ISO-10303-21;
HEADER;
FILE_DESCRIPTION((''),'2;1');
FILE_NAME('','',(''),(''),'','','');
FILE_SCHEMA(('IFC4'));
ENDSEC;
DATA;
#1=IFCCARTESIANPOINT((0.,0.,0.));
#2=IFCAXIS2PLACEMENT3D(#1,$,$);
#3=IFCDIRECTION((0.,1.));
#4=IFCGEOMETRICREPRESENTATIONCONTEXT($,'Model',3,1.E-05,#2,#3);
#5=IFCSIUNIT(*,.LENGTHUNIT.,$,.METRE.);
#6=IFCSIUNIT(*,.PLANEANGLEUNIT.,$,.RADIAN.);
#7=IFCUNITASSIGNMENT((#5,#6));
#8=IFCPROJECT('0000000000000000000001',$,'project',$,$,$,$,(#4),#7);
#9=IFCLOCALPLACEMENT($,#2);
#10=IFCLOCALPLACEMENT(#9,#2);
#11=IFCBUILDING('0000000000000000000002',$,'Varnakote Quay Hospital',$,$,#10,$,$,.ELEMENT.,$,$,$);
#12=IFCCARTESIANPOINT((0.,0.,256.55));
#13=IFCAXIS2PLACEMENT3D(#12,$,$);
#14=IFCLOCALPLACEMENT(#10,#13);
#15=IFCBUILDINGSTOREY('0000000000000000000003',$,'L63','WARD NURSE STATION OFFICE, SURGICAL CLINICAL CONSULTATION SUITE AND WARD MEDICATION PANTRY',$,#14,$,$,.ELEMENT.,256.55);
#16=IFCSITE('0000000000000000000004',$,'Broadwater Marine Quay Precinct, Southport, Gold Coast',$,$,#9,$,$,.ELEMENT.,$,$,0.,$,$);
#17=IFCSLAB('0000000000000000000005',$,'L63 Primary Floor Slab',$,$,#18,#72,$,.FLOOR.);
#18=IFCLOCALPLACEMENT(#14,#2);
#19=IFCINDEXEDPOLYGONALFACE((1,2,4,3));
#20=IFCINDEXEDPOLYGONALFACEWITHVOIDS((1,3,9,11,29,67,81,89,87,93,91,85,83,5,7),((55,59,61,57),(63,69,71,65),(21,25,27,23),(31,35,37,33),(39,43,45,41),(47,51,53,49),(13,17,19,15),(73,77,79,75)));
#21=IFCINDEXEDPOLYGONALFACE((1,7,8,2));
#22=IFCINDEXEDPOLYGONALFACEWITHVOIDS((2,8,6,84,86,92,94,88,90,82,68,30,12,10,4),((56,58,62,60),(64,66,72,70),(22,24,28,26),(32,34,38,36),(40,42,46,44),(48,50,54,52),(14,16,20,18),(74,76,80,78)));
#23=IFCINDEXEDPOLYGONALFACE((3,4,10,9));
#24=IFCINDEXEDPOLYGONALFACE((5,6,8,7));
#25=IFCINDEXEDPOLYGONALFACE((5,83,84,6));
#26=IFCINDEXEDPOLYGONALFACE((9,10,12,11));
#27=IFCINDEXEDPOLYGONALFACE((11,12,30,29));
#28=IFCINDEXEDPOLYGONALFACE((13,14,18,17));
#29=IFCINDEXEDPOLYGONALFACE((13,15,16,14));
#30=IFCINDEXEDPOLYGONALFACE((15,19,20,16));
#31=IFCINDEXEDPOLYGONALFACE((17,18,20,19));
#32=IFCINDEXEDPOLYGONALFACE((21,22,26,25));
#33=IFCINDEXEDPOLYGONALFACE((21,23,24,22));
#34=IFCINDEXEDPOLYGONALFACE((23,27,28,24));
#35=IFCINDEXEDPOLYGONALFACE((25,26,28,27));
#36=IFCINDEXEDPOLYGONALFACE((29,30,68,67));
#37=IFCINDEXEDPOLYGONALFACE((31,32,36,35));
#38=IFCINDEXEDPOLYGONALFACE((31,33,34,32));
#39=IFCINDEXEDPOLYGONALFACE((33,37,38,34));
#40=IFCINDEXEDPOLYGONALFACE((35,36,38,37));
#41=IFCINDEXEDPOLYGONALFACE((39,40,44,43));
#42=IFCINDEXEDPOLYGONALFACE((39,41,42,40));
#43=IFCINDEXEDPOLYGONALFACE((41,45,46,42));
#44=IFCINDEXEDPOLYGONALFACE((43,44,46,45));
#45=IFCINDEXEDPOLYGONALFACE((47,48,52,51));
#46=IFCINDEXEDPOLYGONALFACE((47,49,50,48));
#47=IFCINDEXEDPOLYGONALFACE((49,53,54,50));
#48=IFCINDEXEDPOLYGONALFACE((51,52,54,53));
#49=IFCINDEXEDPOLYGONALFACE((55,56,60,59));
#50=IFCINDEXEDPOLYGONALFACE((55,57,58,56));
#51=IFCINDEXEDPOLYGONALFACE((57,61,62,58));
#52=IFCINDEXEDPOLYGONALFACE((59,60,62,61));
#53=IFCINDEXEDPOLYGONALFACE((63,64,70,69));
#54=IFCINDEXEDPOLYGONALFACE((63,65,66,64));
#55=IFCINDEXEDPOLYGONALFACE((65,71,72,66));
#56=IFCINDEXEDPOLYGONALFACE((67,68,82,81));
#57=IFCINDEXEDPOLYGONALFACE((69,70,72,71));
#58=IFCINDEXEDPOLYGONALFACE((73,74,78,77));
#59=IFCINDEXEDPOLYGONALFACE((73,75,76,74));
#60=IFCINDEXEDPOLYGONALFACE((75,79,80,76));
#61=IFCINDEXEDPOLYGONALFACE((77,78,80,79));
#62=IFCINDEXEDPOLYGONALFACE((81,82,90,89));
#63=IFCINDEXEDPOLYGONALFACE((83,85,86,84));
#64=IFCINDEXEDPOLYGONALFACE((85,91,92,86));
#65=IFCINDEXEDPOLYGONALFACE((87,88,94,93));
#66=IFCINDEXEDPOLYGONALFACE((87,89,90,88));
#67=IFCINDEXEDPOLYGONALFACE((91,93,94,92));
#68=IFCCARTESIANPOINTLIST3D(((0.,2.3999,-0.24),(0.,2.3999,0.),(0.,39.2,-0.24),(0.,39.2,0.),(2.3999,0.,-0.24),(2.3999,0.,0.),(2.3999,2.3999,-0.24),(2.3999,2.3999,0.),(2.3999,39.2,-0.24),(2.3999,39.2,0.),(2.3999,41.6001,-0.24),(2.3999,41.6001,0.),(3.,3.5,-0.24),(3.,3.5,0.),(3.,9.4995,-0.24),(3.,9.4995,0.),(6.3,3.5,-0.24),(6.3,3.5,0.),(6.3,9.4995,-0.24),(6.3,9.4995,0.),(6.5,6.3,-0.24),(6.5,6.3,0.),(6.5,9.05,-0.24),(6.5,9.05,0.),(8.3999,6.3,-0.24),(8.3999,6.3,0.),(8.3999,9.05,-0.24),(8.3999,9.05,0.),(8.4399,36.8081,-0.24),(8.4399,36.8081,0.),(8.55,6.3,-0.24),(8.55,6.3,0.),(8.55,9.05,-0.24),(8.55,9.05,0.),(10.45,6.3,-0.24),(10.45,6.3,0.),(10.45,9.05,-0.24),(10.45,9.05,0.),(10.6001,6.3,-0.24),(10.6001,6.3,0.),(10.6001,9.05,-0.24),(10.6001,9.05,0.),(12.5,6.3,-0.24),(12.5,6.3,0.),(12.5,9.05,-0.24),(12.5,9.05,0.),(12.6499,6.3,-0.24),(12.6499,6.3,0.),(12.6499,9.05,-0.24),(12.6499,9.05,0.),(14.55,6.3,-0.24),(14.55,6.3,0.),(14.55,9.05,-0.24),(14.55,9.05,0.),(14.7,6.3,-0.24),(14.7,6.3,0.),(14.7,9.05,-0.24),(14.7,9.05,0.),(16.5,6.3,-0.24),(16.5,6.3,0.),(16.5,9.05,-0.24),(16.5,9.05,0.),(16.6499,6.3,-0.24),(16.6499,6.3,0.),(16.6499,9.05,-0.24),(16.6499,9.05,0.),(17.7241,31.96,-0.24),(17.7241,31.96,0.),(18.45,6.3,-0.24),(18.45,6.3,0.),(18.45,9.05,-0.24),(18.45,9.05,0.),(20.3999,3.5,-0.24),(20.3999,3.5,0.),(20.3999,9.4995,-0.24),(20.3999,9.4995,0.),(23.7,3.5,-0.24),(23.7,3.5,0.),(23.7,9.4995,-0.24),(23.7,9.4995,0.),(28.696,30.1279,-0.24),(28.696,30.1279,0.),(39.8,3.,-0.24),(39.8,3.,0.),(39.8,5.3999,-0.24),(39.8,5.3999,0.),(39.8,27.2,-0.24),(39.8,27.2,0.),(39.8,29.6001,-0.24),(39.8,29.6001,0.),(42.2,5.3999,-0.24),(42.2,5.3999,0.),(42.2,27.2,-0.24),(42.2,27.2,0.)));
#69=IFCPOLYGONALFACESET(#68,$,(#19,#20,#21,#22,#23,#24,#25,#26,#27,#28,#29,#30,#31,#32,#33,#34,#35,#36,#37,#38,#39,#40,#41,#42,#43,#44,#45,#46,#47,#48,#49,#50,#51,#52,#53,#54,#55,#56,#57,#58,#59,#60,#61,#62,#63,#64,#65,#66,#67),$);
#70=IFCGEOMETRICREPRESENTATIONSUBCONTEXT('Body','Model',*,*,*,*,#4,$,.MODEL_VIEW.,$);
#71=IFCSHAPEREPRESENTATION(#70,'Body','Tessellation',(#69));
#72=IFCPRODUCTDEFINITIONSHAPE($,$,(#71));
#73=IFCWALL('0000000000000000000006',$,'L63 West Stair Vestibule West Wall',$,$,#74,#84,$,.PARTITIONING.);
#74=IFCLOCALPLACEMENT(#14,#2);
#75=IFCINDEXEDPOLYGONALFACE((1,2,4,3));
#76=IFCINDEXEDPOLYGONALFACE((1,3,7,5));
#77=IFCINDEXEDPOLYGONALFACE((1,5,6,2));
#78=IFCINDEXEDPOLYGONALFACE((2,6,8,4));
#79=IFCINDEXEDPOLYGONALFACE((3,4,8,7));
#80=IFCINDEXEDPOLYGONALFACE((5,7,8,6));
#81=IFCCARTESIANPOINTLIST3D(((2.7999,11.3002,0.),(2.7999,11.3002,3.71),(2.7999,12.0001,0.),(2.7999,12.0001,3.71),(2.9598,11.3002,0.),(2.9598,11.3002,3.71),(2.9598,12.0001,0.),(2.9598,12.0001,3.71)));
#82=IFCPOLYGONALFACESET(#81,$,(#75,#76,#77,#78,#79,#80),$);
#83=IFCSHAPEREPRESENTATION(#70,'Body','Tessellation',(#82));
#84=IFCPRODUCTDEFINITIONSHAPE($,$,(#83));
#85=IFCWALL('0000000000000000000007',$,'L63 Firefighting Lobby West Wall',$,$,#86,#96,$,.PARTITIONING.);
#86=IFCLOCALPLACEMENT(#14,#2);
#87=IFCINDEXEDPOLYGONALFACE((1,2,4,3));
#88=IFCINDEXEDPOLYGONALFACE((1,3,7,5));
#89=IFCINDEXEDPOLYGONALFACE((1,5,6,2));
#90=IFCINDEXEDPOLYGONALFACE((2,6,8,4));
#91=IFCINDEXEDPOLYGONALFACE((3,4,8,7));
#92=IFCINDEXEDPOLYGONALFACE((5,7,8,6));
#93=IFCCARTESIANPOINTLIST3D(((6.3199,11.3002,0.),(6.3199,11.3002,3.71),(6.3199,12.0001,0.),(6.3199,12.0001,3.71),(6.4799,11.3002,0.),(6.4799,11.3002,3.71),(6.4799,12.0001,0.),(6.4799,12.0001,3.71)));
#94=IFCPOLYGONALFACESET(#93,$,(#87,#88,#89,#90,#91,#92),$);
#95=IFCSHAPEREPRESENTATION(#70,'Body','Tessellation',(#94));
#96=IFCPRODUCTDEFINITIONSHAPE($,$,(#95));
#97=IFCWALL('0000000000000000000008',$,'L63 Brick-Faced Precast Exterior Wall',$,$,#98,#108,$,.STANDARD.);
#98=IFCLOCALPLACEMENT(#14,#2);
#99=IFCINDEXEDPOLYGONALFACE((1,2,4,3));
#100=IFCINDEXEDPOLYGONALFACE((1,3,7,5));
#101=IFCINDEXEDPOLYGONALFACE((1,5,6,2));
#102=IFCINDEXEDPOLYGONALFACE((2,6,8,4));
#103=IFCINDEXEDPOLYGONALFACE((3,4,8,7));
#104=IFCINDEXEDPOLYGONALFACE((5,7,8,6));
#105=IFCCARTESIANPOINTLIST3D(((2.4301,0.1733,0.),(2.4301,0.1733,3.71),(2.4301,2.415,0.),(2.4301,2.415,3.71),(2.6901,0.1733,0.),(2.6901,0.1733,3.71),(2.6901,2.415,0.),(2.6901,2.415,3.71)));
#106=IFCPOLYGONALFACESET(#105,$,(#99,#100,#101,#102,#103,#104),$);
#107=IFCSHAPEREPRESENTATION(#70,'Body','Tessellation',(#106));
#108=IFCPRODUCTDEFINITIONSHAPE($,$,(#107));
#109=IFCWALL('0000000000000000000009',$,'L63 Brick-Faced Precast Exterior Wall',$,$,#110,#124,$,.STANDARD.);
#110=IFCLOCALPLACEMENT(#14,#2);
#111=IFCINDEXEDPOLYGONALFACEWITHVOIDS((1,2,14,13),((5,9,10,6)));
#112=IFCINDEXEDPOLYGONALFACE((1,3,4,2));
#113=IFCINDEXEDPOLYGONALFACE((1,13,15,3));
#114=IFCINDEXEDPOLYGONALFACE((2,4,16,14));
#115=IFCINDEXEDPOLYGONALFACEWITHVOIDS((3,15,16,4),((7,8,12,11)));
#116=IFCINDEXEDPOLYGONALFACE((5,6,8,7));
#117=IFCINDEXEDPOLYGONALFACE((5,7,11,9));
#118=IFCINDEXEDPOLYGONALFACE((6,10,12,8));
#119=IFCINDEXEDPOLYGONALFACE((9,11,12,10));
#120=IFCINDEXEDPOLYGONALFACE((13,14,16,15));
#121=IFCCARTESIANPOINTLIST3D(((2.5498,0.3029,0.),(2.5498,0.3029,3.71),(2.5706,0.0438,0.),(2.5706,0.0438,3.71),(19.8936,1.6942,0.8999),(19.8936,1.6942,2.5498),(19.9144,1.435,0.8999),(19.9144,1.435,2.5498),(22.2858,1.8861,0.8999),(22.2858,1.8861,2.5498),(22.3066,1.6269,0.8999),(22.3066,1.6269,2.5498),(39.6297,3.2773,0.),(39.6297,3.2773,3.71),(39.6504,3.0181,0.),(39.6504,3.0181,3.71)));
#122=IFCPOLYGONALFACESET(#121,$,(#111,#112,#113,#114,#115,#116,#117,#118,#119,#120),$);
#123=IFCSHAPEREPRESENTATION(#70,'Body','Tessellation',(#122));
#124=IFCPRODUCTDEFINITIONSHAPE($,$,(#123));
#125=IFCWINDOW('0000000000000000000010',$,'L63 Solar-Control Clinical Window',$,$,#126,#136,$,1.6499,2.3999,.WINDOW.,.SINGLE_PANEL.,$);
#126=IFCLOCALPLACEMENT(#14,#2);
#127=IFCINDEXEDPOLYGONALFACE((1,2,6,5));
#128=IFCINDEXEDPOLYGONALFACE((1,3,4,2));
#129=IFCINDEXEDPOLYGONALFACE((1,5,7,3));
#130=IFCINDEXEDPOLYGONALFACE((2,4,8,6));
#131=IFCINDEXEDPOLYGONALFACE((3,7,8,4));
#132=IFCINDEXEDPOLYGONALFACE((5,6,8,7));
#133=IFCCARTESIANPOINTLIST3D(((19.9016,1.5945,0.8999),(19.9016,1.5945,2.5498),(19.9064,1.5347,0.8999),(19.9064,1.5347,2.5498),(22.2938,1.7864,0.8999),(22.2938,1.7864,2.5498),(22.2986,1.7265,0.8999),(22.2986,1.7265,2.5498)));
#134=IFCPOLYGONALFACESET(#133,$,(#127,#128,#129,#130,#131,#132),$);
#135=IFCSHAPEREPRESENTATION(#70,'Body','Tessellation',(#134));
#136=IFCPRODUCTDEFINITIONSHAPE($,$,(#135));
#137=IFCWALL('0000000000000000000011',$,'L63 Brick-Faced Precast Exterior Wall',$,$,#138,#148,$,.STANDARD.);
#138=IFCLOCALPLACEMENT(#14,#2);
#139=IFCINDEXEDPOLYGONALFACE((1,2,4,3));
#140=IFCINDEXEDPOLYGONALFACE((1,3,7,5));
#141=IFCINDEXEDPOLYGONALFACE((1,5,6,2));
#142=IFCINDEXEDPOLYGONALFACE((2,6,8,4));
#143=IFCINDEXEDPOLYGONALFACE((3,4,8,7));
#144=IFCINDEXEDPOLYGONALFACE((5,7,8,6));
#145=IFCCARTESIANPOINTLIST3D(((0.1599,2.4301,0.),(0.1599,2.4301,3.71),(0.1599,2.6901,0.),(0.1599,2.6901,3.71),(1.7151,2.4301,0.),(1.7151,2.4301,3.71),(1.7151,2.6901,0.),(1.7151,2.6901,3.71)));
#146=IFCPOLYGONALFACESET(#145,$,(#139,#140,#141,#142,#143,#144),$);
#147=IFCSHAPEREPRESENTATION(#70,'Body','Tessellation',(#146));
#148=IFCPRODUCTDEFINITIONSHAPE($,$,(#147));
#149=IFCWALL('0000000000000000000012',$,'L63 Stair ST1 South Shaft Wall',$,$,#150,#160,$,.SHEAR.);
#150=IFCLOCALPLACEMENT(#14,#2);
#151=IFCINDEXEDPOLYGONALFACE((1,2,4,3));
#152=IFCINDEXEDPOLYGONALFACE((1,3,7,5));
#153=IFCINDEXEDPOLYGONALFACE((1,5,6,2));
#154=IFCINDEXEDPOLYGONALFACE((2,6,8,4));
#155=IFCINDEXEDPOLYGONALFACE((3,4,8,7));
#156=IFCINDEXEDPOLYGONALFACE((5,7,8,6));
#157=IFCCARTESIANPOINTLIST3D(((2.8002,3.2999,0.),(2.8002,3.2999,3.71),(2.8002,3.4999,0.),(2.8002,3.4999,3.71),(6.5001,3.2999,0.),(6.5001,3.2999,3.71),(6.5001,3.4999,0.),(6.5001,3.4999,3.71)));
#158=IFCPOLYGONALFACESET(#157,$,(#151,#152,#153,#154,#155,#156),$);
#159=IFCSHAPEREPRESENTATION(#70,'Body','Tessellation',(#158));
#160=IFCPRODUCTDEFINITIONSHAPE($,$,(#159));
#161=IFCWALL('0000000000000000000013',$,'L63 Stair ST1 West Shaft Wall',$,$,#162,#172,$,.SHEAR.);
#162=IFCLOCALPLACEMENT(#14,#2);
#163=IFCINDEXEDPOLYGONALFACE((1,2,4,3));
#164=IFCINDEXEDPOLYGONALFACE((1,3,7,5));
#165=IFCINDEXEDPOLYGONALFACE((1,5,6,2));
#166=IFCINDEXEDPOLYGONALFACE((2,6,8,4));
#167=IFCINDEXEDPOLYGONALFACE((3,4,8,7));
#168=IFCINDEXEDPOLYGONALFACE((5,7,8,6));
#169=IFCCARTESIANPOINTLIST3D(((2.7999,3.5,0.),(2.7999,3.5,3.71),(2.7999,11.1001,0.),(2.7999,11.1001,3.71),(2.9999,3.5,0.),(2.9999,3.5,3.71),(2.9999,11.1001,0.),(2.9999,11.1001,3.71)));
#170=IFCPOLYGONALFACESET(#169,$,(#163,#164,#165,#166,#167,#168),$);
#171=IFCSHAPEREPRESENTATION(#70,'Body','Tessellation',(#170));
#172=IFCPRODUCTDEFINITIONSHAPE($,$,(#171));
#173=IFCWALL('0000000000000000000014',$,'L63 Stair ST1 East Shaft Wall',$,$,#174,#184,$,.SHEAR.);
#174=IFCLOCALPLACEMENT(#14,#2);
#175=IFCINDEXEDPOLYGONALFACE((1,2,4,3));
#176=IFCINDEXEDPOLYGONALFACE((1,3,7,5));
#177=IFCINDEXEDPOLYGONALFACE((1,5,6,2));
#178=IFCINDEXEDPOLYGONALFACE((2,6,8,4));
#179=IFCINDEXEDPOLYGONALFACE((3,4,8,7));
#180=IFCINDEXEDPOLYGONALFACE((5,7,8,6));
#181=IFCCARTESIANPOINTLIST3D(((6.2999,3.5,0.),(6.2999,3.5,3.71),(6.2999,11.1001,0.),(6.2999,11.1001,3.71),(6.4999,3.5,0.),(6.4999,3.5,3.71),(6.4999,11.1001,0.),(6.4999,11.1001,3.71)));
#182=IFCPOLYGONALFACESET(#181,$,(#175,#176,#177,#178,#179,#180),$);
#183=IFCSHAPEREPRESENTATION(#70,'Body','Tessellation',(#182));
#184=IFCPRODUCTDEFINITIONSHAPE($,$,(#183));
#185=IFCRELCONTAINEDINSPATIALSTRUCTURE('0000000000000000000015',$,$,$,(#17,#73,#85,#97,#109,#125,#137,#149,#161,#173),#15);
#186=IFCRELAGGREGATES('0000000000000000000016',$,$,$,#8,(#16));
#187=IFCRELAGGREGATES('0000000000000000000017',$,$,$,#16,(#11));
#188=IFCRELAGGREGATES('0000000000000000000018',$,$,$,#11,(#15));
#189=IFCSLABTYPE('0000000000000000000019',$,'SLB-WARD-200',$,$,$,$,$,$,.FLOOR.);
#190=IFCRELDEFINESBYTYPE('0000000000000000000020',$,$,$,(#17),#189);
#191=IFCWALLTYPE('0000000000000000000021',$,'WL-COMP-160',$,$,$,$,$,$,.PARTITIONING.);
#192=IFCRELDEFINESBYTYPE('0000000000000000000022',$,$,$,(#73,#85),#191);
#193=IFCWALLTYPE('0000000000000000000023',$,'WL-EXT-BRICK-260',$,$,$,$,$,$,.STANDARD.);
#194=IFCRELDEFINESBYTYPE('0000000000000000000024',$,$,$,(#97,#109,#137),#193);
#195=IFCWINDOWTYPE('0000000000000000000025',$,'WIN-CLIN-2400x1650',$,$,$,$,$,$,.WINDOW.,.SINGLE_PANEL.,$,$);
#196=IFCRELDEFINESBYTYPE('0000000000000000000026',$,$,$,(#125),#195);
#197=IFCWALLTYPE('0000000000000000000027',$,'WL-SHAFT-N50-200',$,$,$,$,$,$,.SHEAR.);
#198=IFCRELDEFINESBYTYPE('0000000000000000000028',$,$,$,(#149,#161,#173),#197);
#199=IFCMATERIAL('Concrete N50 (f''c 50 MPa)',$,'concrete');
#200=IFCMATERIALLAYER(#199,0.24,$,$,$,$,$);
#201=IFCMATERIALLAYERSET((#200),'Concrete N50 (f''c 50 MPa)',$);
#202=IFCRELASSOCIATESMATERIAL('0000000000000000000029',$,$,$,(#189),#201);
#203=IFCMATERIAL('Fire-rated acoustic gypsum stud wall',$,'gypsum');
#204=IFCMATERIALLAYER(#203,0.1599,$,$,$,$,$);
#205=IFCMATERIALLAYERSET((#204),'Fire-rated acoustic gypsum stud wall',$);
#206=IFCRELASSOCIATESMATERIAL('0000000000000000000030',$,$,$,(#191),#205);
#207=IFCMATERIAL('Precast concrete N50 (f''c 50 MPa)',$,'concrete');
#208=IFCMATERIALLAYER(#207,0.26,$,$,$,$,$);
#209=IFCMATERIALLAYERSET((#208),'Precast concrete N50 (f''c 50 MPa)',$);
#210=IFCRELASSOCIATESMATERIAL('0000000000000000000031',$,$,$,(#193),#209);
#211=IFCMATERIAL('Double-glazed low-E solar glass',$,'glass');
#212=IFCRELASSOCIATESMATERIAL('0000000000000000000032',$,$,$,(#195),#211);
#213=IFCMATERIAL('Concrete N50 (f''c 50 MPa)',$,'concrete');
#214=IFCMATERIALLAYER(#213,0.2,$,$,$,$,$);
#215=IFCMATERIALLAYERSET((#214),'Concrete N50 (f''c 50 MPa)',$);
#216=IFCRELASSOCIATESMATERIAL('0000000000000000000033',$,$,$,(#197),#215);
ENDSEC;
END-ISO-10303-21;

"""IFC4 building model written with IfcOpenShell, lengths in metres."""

from ifc_helpers import new_model, si_unit, direction, frame, frame_2d, origin, place, context, subcontext, project, spatial, polyline, rectangle, outline, extrude, material, layer, layer_set, type_object, element, fill, save


model = new_model("IFC4")

# Units and contexts
model_context = context("Model", 3, precision=1e-05, world=origin(), true_north=direction((0.0, 1.0)))
body_context = subcontext(model_context, "Body", "Model", "MODEL_VIEW")
ifc_project = project(units=[si_unit("LENGTHUNIT", "METRE"), si_unit("PLANEANGLEUNIT", "RADIAN")], contexts=[model_context])

# Site, building, storey
site_placement = place(None, origin())
site = spatial("IfcSite", under=ifc_project, at=site_placement, Name="Broadwater Marine Quay Precinct, Southport, Gold Coast", CompositionType="ELEMENT", RefElevation=0.0)
building_placement = place(site_placement, origin())
building = spatial("IfcBuilding", under=site, at=building_placement, Name="Varnakote Quay Hospital", CompositionType="ELEMENT")
storey_placement = place(building_placement, frame((0.0, 0.0, 256.55)))
storey = spatial("IfcBuildingStorey", under=building, at=storey_placement, Name="L63", Description="WARD NURSE STATION OFFICE, SURGICAL CLINICAL CONSULTATION SUITE AND WARD MEDICATION PANTRY", CompositionType="ELEMENT", Elevation=256.55)

# Slab
ifc_material_1 = material(Name="Concrete N50 (f'c 50 MPa)", Category="concrete")
ifc_layer_1 = layer(ifc_material_1, 0.24)
ifc_layer_set_1 = layer_set([ifc_layer_1], Name="Concrete N50 (f'c 50 MPa)")
slab_type_1 = type_object("IfcSlabType", Name="SLB-WARD-200", PredefinedType="FLOOR", material=ifc_layer_set_1)
slab_1_placement = place(storey_placement, frame((0.0, 0.0, -0.24)))
element("IfcSlab", 1, at=slab_1_placement, inside=storey, type_object=slab_type_1, Name="L63 Primary Floor Slab", PredefinedType="FLOOR", context=body_context, shape_type="SweptSolid", body=[
    extrude(outline(polyline([(0.0, 2.3999), (2.3999, 2.3999), (2.3999, 0.0), (39.8, 3.0), (39.8, 5.3999), (42.2, 5.3999), (42.2, 27.2), (39.8, 27.2), (39.8, 29.6001), (28.696, 30.1279), (17.7241, 31.96), (8.4399, 36.8081), (2.3999, 41.6001), (2.3999, 39.2), (0.0, 39.2), (0.0, 2.3999)]), holes=[polyline([(3.0, 3.5), (6.3, 3.5), (6.3, 9.4995), (3.0, 9.4995), (3.0, 3.5)]), polyline([(20.3999, 3.5), (23.7, 3.5), (23.7, 9.4995), (20.3999, 9.4995), (20.3999, 3.5)]), polyline([(6.5, 6.3), (8.3999, 6.3), (8.3999, 9.05), (6.5, 9.05), (6.5, 6.3)]), polyline([(8.55, 6.3), (10.45, 6.3), (10.45, 9.05), (8.55, 9.05), (8.55, 6.3)]), polyline([(10.6001, 6.3), (12.5, 6.3), (12.5, 9.05), (10.6001, 9.05), (10.6001, 6.3)]), polyline([(12.6499, 6.3), (14.55, 6.3), (14.55, 9.05), (12.6499, 9.05), (12.6499, 6.3)]), polyline([(14.7, 6.3), (16.5, 6.3), (16.5, 9.05), (14.7, 9.05), (14.7, 6.3)]), polyline([(16.6499, 6.3), (18.45, 6.3), (18.45, 9.05), (16.6499, 9.05), (16.6499, 6.3)])]), origin(), (0.0, 0.0, 1.0), 0.24),
])

# Walls
ifc_material_2 = material(Name="Fire-rated acoustic gypsum stud wall", Category="gypsum")
ifc_layer_2 = layer(ifc_material_2, 0.1599)
ifc_layer_set_2 = layer_set([ifc_layer_2], Name="Fire-rated acoustic gypsum stud wall")
wall_type_1 = type_object("IfcWallType", Name="WL-COMP-160", PredefinedType="PARTITIONING", material=ifc_layer_set_2)
for number, where, z_axis, x_axis, name in (
    (2, (2.8799, 11.3, 0.0), (0.0, 0.0, 1.0), (0.0, 1.0, 0.0), "L63 West Stair Vestibule West Wall"),
    (3, (6.3999, 11.3, 0.0), (0.0, 0.0, 1.0), (0.0, 1.0, 0.0), "L63 Firefighting Lobby West Wall"),
):
    element("IfcWall", number, at=place(storey_placement, frame(where, z_axis=z_axis, x_axis=x_axis)), inside=storey, type_object=wall_type_1, Name=name, PredefinedType="PARTITIONING", context=body_context, shape_type="SweptSolid", body=[
        extrude(rectangle(XDim=0.7, YDim=0.1599, at=frame_2d((0.3501, 0.0))), origin(), (0.0, 0.0, 1.0), 3.71),
    ])
ifc_material_3 = material(Name="Precast concrete N50 (f'c 50 MPa)", Category="concrete")
ifc_layer_3 = layer(ifc_material_3, 0.26)
ifc_layer_set_3 = layer_set([ifc_layer_3], Name="Precast concrete N50 (f'c 50 MPa)")
wall_type_2 = type_object("IfcWallType", Name="WL-EXT-BRICK-260", PredefinedType="STANDARD", material=ifc_layer_set_3)
wall_1_placement = place(storey_placement, frame((2.5601, 2.415, 0.0), z_axis=(0.0, 0.0, 1.0), x_axis=(0.0, -1.0, 0.0)))
element("IfcWall", 4, at=wall_1_placement, inside=storey, type_object=wall_type_2, Name="L63 Brick-Faced Precast Exterior Wall", PredefinedType="STANDARD", context=body_context, shape_type="SweptSolid", body=[
    extrude(rectangle(XDim=2.2417, YDim=0.26, at=frame_2d((1.1208, 0.0))), origin(), (0.0, 0.0, 1.0), 3.71),
])

# Wall, opening, window
wall_2_placement = place(storey_placement, frame((2.5601, 0.1733, 0.0), z_axis=(0.0, 0.0, 1.0), x_axis=(0.996798, 0.079958, 0.0)))
wall_2 = element("IfcWall", 5, at=wall_2_placement, inside=storey, type_object=wall_type_2, Name="L63 Brick-Faced Precast Exterior Wall", PredefinedType="STANDARD", context=body_context, shape_type="SweptSolid", body=[
    extrude(rectangle(XDim=37.199, YDim=0.26, at=frame_2d((18.5996, 0.0))), origin(), (0.0, 0.0, 1.0), 3.71),
])
opening_1_placement = place(wall_2_placement, frame((17.3997, 0.0, 0.8999)))
opening_1 = element("IfcOpeningElement", 6, at=opening_1_placement, cuts=wall_2, PredefinedType="OPENING", context=body_context, shape_type="SweptSolid", body=[
    extrude(rectangle(XDim=2.3999, YDim=1.6499, at=frame_2d((1.2, 0.825))), frame((0.0, 0.1399, 0.0), z_axis=(0.0, -1.0, 0.0), x_axis=(1.0, 0.0, 0.0)), (0.0, 0.0, 1.0), 0.28),
])
ifc_material_4 = material(Name="Double-glazed low-E solar glass", Category="glass")
window_type = type_object("IfcWindowType", Name="WIN-CLIN-2400x1650", PartitioningType="SINGLE_PANEL", PredefinedType="WINDOW", material=ifc_material_4)
window_placement = place(opening_1_placement, origin())
window = element("IfcWindow", 7, at=window_placement, inside=storey, type_object=window_type, Name="L63 Solar-Control Clinical Window", OverallHeight=1.6499, OverallWidth=2.3999, PartitioningType="SINGLE_PANEL", PredefinedType="WINDOW", context=body_context, shape_type="SweptSolid", body=[
    extrude(rectangle(XDim=2.3999, YDim=1.6499, at=frame_2d((1.2, 0.825))), frame((0.0, 0.03, 0.0), z_axis=(0.0, -1.0, 0.0), x_axis=(1.0, 0.0, 0.0)), (0.0, 0.0, 1.0), 0.0601),
])
fill(opening_1, window)

# Walls
wall_3_placement = place(storey_placement, frame((0.1599, 2.5601, 0.0), z_axis=(0.0, 0.0, 1.0), x_axis=(1.0, 0.0, 0.0)))
element("IfcWall", 8, at=wall_3_placement, inside=storey, type_object=wall_type_2, Name="L63 Brick-Faced Precast Exterior Wall", PredefinedType="STANDARD", context=body_context, shape_type="SweptSolid", body=[
    extrude(rectangle(XDim=1.5552, YDim=0.26, at=frame_2d((0.7776, 0.0))), origin(), (0.0, 0.0, 1.0), 3.71),
])
ifc_material_5 = material(Name="Concrete N50 (f'c 50 MPa)", Category="concrete")
ifc_layer_4 = layer(ifc_material_5, 0.2)
ifc_layer_set_4 = layer_set([ifc_layer_4], Name="Concrete N50 (f'c 50 MPa)")
wall_type_3 = type_object("IfcWallType", Name="WL-SHAFT-N50-200", PredefinedType="SHEAR", material=ifc_layer_set_4)
wall_4_placement = place(storey_placement, frame((2.8, 3.3999, 0.0), z_axis=(0.0, 0.0, 1.0), x_axis=(1.0, 0.0, 0.0)))
element("IfcWall", 9, at=wall_4_placement, inside=storey, type_object=wall_type_3, Name="L63 Stair ST1 South Shaft Wall", PredefinedType="SHEAR", context=body_context, shape_type="SweptSolid", body=[
    extrude(rectangle(XDim=3.7, YDim=0.2, at=frame_2d((1.8501, 0.0))), origin(), (0.0, 0.0, 1.0), 3.71),
])
for number, where, z_axis, x_axis, name in (
    (10, (2.8999, 3.5, 0.0), (0.0, 0.0, 1.0), (0.0, 1.0, 0.0), "L63 Stair ST1 West Shaft Wall"),
    (11, (6.3999, 3.5, 0.0), (0.0, 0.0, 1.0), (0.0, 1.0, 0.0), "L63 Stair ST1 East Shaft Wall"),
):
    element("IfcWall", number, at=place(storey_placement, frame(where, z_axis=z_axis, x_axis=x_axis)), inside=storey, type_object=wall_type_3, Name=name, PredefinedType="SHEAR", context=body_context, shape_type="SweptSolid", body=[
        extrude(rectangle(XDim=7.6001, YDim=0.2, at=frame_2d((3.8, 0.0))), origin(), (0.0, 0.0, 1.0), 3.71),
    ])

save(model, "model.ifc")
